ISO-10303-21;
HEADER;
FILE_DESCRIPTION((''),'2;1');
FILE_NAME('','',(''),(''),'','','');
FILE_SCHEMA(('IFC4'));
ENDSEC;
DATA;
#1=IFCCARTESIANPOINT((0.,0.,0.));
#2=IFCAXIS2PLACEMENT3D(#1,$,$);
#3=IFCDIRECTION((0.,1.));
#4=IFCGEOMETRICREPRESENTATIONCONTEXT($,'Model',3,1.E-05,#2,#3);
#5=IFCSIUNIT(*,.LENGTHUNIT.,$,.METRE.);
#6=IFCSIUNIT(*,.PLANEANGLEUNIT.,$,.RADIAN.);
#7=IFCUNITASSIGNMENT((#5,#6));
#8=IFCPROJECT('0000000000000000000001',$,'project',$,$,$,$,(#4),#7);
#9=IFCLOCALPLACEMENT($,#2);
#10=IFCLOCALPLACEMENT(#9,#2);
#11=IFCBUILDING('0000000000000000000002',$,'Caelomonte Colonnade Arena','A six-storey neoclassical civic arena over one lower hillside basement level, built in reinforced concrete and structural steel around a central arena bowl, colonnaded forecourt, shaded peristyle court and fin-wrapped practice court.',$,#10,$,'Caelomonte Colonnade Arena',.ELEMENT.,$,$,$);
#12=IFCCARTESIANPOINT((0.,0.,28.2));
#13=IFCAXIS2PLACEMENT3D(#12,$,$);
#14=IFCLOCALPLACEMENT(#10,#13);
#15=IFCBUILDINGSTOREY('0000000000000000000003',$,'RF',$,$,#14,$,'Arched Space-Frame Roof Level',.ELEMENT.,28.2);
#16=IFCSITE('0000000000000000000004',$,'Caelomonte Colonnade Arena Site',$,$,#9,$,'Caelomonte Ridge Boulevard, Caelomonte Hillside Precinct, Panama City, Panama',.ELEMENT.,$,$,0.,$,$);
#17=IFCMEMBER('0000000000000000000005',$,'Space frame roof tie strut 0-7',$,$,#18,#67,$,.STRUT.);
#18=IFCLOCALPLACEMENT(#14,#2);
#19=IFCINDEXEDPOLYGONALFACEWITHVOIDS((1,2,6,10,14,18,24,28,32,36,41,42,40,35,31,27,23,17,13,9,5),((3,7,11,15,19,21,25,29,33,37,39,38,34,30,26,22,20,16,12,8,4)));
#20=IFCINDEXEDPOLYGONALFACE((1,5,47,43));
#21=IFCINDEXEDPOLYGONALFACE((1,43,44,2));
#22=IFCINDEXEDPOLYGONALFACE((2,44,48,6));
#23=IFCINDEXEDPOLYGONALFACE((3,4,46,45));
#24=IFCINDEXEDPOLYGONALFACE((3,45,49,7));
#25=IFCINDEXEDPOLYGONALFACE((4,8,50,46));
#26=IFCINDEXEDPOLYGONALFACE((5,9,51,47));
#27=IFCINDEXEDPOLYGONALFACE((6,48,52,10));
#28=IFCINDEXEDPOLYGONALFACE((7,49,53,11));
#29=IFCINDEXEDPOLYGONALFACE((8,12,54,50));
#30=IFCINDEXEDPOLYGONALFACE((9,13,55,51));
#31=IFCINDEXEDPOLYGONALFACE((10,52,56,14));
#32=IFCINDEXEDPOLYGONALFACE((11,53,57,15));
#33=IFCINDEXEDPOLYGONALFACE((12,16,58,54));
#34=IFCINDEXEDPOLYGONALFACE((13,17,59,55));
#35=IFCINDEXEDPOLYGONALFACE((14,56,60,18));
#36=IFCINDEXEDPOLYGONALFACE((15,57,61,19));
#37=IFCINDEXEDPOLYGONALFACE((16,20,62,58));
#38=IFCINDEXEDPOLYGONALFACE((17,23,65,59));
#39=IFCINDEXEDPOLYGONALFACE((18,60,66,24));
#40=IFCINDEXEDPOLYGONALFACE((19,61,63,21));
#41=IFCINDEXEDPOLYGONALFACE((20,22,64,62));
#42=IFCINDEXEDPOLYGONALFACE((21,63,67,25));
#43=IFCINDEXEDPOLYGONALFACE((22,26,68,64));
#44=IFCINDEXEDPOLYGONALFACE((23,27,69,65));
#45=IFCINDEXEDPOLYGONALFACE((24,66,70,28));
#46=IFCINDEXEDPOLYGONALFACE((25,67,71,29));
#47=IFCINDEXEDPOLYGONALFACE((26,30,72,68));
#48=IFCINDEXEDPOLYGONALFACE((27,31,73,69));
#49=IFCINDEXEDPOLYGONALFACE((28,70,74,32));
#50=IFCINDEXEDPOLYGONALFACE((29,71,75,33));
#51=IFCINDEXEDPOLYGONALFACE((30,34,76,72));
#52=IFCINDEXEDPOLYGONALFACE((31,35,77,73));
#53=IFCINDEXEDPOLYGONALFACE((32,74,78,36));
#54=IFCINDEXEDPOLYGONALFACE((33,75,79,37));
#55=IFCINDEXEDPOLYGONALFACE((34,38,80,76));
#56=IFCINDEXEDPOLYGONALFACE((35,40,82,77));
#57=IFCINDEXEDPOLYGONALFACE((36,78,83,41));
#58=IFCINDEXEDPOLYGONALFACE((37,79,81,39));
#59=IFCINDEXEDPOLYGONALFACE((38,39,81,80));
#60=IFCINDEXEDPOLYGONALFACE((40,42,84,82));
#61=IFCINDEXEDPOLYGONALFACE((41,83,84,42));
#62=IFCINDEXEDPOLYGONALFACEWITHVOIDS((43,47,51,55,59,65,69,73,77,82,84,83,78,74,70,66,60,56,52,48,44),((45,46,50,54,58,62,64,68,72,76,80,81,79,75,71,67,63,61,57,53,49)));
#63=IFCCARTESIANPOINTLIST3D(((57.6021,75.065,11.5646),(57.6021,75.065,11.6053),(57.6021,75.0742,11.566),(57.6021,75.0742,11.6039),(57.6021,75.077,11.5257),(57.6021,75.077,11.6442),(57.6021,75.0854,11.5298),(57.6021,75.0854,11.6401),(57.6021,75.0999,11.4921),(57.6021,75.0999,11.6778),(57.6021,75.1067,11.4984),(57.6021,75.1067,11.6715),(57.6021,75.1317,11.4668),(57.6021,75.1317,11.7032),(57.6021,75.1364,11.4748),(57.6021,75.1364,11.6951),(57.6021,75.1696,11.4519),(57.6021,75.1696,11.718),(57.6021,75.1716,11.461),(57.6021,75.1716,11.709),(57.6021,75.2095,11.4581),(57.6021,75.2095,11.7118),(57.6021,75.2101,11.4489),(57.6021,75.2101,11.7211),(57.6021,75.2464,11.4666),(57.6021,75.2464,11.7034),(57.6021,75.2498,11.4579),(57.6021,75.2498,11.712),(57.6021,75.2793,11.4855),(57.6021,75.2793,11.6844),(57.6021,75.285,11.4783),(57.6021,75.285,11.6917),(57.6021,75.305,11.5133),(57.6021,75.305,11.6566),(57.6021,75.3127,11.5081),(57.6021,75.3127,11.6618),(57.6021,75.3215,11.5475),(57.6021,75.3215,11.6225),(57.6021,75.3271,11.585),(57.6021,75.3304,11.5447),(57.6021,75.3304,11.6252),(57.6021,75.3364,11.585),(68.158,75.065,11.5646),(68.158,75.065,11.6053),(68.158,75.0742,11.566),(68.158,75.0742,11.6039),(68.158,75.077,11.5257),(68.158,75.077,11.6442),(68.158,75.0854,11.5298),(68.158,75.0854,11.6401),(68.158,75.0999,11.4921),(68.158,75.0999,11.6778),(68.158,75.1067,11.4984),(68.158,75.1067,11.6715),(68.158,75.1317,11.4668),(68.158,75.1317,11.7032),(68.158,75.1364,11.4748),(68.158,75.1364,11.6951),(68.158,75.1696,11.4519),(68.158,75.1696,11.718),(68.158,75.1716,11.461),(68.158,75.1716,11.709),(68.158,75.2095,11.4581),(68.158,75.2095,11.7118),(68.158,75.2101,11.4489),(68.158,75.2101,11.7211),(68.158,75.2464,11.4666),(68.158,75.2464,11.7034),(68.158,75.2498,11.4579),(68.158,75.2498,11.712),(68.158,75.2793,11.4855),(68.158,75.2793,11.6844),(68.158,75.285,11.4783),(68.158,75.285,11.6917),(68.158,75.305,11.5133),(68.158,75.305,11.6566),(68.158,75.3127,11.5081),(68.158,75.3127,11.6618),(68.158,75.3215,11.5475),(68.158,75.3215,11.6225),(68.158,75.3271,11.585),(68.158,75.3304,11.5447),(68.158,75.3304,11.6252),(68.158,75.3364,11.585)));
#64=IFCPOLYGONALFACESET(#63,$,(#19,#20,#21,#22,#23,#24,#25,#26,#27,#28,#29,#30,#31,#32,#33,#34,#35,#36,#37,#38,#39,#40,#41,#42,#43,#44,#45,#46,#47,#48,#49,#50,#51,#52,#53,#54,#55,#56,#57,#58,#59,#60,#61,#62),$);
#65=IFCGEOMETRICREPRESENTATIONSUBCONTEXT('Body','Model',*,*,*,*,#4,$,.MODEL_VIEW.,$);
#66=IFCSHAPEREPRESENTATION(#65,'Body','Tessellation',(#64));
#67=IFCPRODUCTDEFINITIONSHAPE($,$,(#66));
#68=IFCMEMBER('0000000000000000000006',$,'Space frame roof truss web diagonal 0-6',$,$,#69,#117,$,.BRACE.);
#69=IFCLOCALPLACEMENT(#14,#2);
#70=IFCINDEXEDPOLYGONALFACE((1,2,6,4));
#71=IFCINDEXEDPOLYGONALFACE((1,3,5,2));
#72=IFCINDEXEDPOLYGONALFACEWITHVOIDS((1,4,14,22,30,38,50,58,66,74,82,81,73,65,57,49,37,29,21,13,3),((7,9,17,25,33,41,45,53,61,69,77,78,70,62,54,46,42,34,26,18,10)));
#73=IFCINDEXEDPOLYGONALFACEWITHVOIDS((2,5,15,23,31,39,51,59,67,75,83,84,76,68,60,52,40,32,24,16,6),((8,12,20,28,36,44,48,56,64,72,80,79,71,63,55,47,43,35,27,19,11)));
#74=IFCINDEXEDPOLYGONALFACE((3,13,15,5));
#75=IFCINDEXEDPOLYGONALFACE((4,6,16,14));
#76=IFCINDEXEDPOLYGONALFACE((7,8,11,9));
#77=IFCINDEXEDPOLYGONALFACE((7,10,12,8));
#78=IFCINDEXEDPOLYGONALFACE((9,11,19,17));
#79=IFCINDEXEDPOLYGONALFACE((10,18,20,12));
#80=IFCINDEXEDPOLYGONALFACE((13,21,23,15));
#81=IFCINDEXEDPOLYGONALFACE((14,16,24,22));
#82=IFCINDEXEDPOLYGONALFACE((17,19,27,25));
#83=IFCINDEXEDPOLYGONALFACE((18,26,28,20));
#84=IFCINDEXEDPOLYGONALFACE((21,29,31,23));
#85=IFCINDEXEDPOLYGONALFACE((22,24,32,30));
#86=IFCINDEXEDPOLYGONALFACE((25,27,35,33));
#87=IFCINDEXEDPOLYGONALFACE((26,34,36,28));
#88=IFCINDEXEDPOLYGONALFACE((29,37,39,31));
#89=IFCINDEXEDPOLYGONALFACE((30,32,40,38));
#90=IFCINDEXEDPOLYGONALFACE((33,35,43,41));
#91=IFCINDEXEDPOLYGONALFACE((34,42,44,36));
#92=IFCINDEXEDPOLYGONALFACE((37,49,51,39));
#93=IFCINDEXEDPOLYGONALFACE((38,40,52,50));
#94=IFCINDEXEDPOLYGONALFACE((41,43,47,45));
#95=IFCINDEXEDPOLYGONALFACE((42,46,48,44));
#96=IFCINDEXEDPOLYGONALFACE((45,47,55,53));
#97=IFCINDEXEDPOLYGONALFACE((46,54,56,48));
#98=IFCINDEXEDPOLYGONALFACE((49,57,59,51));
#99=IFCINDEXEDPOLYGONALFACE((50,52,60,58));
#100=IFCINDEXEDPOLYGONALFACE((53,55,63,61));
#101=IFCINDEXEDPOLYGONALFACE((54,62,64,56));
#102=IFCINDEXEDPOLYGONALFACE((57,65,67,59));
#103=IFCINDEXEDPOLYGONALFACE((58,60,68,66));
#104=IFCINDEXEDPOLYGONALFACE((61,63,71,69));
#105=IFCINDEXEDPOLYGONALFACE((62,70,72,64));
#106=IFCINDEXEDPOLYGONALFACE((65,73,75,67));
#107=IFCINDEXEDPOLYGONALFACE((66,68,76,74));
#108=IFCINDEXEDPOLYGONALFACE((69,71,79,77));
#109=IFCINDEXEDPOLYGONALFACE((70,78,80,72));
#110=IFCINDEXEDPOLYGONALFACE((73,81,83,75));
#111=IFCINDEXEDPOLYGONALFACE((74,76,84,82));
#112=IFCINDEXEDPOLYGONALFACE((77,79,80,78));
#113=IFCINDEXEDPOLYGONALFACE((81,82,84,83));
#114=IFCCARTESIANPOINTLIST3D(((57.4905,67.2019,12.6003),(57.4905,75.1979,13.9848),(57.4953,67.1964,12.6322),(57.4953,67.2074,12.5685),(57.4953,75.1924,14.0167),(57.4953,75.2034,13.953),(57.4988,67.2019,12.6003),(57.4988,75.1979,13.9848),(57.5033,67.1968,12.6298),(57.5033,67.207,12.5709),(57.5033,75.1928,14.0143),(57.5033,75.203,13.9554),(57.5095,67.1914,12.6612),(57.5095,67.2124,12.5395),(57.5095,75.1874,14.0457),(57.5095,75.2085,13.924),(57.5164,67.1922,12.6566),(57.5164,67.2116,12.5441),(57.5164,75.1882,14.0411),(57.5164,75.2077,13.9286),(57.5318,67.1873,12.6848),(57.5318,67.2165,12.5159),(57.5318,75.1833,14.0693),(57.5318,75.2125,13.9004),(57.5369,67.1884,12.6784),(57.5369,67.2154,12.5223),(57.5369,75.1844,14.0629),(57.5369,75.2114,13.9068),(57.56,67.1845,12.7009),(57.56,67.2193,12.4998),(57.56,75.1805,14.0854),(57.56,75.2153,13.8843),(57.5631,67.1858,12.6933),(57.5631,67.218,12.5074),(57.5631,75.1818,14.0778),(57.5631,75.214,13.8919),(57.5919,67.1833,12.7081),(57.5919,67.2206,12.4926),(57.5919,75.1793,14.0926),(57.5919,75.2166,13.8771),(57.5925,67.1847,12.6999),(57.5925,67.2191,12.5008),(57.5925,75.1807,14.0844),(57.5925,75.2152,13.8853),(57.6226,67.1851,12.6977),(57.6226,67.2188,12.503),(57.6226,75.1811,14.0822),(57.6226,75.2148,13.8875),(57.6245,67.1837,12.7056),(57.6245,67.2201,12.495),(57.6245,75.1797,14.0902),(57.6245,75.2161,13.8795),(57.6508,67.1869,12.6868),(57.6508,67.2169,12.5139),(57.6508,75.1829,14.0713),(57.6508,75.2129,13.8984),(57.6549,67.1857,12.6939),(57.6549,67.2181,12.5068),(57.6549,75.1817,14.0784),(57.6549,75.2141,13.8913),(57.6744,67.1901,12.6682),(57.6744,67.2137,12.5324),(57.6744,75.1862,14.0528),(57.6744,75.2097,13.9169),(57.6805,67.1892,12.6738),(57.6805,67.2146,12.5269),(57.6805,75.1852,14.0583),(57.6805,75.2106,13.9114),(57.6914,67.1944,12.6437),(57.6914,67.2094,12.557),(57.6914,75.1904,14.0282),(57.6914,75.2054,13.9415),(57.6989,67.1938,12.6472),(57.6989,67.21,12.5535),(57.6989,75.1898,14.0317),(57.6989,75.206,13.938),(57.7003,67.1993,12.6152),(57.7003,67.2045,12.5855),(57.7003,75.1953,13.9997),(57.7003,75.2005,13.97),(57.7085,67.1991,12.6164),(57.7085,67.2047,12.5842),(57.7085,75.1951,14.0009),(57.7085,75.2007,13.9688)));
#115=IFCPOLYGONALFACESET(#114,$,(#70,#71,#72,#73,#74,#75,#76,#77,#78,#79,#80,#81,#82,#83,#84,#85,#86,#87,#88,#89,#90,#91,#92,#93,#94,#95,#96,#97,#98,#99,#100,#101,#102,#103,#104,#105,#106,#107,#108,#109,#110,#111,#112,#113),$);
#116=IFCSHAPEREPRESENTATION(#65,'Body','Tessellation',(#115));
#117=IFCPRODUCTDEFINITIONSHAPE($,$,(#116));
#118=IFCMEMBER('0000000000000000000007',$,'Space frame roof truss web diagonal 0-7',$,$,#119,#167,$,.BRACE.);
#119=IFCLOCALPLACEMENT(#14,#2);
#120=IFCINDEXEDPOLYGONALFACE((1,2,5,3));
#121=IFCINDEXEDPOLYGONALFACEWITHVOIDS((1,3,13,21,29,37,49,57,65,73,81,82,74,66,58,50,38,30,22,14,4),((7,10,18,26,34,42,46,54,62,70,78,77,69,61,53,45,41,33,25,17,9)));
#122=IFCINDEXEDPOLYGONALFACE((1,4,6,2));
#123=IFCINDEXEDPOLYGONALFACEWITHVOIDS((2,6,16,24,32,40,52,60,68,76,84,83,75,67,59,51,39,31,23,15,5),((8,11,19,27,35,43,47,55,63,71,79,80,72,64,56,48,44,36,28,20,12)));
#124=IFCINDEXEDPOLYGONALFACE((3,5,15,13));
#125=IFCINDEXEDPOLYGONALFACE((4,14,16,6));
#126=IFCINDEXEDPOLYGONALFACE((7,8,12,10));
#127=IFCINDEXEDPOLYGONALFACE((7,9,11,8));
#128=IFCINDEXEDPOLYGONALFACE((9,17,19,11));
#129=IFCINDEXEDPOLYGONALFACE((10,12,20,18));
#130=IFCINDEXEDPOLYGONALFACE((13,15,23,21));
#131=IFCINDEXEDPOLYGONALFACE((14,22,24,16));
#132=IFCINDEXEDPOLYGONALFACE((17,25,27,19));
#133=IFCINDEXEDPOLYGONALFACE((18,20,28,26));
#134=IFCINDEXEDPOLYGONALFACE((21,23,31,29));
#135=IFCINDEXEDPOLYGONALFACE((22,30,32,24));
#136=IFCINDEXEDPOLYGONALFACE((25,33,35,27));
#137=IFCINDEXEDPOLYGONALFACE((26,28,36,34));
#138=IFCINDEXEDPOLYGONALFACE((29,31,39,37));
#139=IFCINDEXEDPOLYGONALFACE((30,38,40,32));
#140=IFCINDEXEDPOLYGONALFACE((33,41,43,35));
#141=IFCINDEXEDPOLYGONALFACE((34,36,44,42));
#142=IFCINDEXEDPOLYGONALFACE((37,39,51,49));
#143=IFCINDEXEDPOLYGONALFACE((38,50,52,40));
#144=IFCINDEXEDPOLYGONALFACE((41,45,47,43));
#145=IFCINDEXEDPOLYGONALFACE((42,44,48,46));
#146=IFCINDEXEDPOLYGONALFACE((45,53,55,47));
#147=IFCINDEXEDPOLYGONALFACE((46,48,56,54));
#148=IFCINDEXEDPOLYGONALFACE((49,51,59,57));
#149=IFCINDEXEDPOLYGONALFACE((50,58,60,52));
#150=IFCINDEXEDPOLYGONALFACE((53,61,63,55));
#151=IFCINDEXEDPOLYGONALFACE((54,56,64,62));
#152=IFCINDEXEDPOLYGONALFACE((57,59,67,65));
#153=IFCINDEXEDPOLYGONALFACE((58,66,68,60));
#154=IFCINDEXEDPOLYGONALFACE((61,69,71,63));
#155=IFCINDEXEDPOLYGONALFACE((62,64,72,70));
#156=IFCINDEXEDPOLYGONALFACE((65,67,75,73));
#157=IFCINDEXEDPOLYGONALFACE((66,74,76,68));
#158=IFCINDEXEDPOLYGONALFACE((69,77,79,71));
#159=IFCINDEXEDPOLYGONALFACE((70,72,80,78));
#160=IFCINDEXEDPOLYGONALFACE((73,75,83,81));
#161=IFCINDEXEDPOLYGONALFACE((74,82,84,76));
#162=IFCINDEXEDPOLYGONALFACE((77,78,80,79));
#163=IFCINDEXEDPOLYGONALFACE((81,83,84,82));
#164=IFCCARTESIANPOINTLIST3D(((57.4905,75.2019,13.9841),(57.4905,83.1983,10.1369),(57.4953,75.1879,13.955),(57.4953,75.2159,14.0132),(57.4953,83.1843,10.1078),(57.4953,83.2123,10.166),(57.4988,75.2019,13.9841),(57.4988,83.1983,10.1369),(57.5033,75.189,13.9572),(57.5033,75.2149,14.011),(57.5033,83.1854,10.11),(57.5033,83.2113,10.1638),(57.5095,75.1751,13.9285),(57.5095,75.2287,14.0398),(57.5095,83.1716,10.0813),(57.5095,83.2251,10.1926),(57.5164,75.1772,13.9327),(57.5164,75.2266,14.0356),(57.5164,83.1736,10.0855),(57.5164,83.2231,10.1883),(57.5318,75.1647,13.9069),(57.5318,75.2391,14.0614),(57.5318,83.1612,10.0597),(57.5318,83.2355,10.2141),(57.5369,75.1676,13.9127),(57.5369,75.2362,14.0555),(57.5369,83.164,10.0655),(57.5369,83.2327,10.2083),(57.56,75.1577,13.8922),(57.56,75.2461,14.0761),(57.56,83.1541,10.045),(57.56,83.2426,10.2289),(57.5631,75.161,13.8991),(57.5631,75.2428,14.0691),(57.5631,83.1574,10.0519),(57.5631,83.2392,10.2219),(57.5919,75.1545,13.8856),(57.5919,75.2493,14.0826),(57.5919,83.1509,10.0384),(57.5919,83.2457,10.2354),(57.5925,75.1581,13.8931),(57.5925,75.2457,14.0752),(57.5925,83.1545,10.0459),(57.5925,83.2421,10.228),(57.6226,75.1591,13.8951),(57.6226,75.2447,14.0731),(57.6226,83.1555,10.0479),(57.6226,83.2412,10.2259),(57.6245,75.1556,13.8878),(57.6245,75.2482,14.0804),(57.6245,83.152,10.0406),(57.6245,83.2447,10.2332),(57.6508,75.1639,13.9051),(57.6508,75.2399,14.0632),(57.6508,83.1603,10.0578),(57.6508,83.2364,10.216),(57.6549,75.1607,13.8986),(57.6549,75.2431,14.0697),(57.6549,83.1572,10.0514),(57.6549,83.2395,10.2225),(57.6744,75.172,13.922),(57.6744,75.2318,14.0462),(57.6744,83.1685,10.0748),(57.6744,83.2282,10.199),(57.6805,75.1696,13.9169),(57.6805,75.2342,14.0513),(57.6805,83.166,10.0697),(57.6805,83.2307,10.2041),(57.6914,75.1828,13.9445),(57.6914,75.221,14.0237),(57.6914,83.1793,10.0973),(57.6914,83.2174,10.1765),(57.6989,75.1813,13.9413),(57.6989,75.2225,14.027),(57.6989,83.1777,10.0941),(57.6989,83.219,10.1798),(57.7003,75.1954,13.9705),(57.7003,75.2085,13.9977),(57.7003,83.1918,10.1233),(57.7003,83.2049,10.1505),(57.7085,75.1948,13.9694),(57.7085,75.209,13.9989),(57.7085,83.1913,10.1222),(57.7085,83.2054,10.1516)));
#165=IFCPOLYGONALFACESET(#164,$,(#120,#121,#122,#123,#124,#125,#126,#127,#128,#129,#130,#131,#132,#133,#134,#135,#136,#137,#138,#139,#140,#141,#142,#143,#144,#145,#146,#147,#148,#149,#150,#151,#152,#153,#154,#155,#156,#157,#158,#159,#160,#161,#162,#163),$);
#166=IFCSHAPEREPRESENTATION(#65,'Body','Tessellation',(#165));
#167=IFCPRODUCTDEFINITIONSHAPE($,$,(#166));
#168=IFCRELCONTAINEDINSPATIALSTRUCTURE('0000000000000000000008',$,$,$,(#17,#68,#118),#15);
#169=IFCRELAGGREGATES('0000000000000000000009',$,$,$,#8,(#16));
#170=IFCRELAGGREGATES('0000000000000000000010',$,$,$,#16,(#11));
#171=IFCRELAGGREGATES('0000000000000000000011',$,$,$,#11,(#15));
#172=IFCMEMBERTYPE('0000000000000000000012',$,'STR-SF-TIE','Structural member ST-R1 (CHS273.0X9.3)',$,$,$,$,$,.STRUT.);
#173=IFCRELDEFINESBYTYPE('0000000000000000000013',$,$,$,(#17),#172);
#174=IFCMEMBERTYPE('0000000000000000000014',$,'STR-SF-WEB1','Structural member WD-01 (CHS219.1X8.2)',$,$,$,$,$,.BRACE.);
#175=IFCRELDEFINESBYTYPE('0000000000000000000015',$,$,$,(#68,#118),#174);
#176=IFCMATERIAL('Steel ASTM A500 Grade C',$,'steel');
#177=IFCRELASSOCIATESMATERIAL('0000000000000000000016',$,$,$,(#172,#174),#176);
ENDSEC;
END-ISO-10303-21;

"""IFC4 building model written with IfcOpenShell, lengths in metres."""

from ifc_helpers import new_model, si_unit, direction, frame, origin, origin_2d, place, context, subcontext, project, spatial, hollow_circle, extrude, material, material_profile, profile_set, type_object, element, save


model = new_model("IFC4")

# Units and contexts
model_context = context("Model", 3, precision=1e-05, world=origin(), true_north=direction((0.0, 1.0)))
body_context = subcontext(model_context, "Body", "Model", "MODEL_VIEW")
ifc_project = project(units=[si_unit("LENGTHUNIT", "METRE"), si_unit("PLANEANGLEUNIT", "RADIAN")], contexts=[model_context])

# Site, building, storey
site_placement = place(None, origin())
site = spatial("IfcSite", under=ifc_project, at=site_placement, Name="Caelomonte Colonnade Arena Site", LongName="Caelomonte Ridge Boulevard, Caelomonte Hillside Precinct, Panama City, Panama", CompositionType="ELEMENT", RefElevation=0.0)
building_placement = place(site_placement, origin())
building = spatial("IfcBuilding", under=site, at=building_placement, Name="Caelomonte Colonnade Arena", Description="A six-storey neoclassical civic arena over one lower hillside basement level, built in reinforced concrete and structural steel around a central arena bowl, colonnaded forecourt, shaded peristyle court and fin-wrapped practice court.", LongName="Caelomonte Colonnade Arena", CompositionType="ELEMENT")
storey_placement = place(building_placement, frame((0.0, 0.0, 28.2)))
storey = spatial("IfcBuildingStorey", under=building, at=storey_placement, Name="RF", LongName="Arched Space-Frame Roof Level", CompositionType="ELEMENT", Elevation=28.2)

# Members
ifc_material_1 = material(Name="Steel ASTM A500 Grade C", Category="steel")
ifc_material_profile_1 = material_profile(ifc_material_1, hollow_circle(Radius=0.1365, WallThickness=0.0093, at=origin_2d()), Name="CHS273.0X9.3")
ifc_profile_set_1 = profile_set([ifc_material_profile_1], Name="Steel ASTM A500 Grade C")
member_type_1 = type_object("IfcMemberType", Name="STR-SF-TIE", Description="Structural member ST-R1 (CHS273.0X9.3)", PredefinedType="STRUT", material=ifc_profile_set_1)
for number, where, z_axis, x_axis, name in (
    (1, (57.6021, 75.2, 11.585), (1.0, 0.0, 0.0), (0.0, 1.0, 0.0), "Space frame roof tie strut 0-7"),
):
    element("IfcMember", number, at=place(storey_placement, frame(where, z_axis=z_axis, x_axis=x_axis)), inside=storey, type_object=member_type_1, Name=name, PredefinedType="STRUT", context=body_context, shape_type="SweptSolid", body=[
        extrude(hollow_circle(Radius=0.1365, WallThickness=0.0093, at=origin_2d()), origin(), (0.0, 0.0, 1.0), 10.5559),
    ])
ifc_material_profile_2 = material_profile(ifc_material_1, hollow_circle(Radius=0.1096, WallThickness=0.0083, at=origin_2d()), Name="CHS219.1X8.2")
ifc_profile_set_2 = profile_set([ifc_material_profile_2], Name="Steel ASTM A500 Grade C")
member_type_2 = type_object("IfcMemberType", Name="STR-SF-WEB1", Description="Structural member WD-01 (CHS219.1X8.2)", PredefinedType="BRACE", material=ifc_profile_set_2)
member_1_placement = place(storey_placement, frame((57.6001, 67.2019, 12.6003), z_axis=(0.0, 0.985338, 0.170611), x_axis=(-1.0, 0.0, 0.0)))
element("IfcMember", 2, at=member_1_placement, inside=storey, type_object=member_type_2, Name="Space frame roof truss web diagonal 0-6", PredefinedType="BRACE", context=body_context, shape_type="SweptSolid", body=[
    extrude(hollow_circle(Radius=0.1096, WallThickness=0.0083, at=origin_2d()), origin(), (0.0, 0.0, 1.0), 8.115),
])
member_2_placement = place(storey_placement, frame((57.6001, 75.2019, 13.9841), z_axis=(0.0, 0.90113, -0.433548), x_axis=(-1.0, 0.0, 0.0)))
element("IfcMember", 3, at=member_2_placement, inside=storey, type_object=member_type_2, Name="Space frame roof truss web diagonal 0-7", PredefinedType="BRACE", context=body_context, shape_type="SweptSolid", body=[
    extrude(hollow_circle(Radius=0.1096, WallThickness=0.0083, at=origin_2d()), origin(), (0.0, 0.0, 1.0), 8.8738),
])

save(model, "model.ifc")
